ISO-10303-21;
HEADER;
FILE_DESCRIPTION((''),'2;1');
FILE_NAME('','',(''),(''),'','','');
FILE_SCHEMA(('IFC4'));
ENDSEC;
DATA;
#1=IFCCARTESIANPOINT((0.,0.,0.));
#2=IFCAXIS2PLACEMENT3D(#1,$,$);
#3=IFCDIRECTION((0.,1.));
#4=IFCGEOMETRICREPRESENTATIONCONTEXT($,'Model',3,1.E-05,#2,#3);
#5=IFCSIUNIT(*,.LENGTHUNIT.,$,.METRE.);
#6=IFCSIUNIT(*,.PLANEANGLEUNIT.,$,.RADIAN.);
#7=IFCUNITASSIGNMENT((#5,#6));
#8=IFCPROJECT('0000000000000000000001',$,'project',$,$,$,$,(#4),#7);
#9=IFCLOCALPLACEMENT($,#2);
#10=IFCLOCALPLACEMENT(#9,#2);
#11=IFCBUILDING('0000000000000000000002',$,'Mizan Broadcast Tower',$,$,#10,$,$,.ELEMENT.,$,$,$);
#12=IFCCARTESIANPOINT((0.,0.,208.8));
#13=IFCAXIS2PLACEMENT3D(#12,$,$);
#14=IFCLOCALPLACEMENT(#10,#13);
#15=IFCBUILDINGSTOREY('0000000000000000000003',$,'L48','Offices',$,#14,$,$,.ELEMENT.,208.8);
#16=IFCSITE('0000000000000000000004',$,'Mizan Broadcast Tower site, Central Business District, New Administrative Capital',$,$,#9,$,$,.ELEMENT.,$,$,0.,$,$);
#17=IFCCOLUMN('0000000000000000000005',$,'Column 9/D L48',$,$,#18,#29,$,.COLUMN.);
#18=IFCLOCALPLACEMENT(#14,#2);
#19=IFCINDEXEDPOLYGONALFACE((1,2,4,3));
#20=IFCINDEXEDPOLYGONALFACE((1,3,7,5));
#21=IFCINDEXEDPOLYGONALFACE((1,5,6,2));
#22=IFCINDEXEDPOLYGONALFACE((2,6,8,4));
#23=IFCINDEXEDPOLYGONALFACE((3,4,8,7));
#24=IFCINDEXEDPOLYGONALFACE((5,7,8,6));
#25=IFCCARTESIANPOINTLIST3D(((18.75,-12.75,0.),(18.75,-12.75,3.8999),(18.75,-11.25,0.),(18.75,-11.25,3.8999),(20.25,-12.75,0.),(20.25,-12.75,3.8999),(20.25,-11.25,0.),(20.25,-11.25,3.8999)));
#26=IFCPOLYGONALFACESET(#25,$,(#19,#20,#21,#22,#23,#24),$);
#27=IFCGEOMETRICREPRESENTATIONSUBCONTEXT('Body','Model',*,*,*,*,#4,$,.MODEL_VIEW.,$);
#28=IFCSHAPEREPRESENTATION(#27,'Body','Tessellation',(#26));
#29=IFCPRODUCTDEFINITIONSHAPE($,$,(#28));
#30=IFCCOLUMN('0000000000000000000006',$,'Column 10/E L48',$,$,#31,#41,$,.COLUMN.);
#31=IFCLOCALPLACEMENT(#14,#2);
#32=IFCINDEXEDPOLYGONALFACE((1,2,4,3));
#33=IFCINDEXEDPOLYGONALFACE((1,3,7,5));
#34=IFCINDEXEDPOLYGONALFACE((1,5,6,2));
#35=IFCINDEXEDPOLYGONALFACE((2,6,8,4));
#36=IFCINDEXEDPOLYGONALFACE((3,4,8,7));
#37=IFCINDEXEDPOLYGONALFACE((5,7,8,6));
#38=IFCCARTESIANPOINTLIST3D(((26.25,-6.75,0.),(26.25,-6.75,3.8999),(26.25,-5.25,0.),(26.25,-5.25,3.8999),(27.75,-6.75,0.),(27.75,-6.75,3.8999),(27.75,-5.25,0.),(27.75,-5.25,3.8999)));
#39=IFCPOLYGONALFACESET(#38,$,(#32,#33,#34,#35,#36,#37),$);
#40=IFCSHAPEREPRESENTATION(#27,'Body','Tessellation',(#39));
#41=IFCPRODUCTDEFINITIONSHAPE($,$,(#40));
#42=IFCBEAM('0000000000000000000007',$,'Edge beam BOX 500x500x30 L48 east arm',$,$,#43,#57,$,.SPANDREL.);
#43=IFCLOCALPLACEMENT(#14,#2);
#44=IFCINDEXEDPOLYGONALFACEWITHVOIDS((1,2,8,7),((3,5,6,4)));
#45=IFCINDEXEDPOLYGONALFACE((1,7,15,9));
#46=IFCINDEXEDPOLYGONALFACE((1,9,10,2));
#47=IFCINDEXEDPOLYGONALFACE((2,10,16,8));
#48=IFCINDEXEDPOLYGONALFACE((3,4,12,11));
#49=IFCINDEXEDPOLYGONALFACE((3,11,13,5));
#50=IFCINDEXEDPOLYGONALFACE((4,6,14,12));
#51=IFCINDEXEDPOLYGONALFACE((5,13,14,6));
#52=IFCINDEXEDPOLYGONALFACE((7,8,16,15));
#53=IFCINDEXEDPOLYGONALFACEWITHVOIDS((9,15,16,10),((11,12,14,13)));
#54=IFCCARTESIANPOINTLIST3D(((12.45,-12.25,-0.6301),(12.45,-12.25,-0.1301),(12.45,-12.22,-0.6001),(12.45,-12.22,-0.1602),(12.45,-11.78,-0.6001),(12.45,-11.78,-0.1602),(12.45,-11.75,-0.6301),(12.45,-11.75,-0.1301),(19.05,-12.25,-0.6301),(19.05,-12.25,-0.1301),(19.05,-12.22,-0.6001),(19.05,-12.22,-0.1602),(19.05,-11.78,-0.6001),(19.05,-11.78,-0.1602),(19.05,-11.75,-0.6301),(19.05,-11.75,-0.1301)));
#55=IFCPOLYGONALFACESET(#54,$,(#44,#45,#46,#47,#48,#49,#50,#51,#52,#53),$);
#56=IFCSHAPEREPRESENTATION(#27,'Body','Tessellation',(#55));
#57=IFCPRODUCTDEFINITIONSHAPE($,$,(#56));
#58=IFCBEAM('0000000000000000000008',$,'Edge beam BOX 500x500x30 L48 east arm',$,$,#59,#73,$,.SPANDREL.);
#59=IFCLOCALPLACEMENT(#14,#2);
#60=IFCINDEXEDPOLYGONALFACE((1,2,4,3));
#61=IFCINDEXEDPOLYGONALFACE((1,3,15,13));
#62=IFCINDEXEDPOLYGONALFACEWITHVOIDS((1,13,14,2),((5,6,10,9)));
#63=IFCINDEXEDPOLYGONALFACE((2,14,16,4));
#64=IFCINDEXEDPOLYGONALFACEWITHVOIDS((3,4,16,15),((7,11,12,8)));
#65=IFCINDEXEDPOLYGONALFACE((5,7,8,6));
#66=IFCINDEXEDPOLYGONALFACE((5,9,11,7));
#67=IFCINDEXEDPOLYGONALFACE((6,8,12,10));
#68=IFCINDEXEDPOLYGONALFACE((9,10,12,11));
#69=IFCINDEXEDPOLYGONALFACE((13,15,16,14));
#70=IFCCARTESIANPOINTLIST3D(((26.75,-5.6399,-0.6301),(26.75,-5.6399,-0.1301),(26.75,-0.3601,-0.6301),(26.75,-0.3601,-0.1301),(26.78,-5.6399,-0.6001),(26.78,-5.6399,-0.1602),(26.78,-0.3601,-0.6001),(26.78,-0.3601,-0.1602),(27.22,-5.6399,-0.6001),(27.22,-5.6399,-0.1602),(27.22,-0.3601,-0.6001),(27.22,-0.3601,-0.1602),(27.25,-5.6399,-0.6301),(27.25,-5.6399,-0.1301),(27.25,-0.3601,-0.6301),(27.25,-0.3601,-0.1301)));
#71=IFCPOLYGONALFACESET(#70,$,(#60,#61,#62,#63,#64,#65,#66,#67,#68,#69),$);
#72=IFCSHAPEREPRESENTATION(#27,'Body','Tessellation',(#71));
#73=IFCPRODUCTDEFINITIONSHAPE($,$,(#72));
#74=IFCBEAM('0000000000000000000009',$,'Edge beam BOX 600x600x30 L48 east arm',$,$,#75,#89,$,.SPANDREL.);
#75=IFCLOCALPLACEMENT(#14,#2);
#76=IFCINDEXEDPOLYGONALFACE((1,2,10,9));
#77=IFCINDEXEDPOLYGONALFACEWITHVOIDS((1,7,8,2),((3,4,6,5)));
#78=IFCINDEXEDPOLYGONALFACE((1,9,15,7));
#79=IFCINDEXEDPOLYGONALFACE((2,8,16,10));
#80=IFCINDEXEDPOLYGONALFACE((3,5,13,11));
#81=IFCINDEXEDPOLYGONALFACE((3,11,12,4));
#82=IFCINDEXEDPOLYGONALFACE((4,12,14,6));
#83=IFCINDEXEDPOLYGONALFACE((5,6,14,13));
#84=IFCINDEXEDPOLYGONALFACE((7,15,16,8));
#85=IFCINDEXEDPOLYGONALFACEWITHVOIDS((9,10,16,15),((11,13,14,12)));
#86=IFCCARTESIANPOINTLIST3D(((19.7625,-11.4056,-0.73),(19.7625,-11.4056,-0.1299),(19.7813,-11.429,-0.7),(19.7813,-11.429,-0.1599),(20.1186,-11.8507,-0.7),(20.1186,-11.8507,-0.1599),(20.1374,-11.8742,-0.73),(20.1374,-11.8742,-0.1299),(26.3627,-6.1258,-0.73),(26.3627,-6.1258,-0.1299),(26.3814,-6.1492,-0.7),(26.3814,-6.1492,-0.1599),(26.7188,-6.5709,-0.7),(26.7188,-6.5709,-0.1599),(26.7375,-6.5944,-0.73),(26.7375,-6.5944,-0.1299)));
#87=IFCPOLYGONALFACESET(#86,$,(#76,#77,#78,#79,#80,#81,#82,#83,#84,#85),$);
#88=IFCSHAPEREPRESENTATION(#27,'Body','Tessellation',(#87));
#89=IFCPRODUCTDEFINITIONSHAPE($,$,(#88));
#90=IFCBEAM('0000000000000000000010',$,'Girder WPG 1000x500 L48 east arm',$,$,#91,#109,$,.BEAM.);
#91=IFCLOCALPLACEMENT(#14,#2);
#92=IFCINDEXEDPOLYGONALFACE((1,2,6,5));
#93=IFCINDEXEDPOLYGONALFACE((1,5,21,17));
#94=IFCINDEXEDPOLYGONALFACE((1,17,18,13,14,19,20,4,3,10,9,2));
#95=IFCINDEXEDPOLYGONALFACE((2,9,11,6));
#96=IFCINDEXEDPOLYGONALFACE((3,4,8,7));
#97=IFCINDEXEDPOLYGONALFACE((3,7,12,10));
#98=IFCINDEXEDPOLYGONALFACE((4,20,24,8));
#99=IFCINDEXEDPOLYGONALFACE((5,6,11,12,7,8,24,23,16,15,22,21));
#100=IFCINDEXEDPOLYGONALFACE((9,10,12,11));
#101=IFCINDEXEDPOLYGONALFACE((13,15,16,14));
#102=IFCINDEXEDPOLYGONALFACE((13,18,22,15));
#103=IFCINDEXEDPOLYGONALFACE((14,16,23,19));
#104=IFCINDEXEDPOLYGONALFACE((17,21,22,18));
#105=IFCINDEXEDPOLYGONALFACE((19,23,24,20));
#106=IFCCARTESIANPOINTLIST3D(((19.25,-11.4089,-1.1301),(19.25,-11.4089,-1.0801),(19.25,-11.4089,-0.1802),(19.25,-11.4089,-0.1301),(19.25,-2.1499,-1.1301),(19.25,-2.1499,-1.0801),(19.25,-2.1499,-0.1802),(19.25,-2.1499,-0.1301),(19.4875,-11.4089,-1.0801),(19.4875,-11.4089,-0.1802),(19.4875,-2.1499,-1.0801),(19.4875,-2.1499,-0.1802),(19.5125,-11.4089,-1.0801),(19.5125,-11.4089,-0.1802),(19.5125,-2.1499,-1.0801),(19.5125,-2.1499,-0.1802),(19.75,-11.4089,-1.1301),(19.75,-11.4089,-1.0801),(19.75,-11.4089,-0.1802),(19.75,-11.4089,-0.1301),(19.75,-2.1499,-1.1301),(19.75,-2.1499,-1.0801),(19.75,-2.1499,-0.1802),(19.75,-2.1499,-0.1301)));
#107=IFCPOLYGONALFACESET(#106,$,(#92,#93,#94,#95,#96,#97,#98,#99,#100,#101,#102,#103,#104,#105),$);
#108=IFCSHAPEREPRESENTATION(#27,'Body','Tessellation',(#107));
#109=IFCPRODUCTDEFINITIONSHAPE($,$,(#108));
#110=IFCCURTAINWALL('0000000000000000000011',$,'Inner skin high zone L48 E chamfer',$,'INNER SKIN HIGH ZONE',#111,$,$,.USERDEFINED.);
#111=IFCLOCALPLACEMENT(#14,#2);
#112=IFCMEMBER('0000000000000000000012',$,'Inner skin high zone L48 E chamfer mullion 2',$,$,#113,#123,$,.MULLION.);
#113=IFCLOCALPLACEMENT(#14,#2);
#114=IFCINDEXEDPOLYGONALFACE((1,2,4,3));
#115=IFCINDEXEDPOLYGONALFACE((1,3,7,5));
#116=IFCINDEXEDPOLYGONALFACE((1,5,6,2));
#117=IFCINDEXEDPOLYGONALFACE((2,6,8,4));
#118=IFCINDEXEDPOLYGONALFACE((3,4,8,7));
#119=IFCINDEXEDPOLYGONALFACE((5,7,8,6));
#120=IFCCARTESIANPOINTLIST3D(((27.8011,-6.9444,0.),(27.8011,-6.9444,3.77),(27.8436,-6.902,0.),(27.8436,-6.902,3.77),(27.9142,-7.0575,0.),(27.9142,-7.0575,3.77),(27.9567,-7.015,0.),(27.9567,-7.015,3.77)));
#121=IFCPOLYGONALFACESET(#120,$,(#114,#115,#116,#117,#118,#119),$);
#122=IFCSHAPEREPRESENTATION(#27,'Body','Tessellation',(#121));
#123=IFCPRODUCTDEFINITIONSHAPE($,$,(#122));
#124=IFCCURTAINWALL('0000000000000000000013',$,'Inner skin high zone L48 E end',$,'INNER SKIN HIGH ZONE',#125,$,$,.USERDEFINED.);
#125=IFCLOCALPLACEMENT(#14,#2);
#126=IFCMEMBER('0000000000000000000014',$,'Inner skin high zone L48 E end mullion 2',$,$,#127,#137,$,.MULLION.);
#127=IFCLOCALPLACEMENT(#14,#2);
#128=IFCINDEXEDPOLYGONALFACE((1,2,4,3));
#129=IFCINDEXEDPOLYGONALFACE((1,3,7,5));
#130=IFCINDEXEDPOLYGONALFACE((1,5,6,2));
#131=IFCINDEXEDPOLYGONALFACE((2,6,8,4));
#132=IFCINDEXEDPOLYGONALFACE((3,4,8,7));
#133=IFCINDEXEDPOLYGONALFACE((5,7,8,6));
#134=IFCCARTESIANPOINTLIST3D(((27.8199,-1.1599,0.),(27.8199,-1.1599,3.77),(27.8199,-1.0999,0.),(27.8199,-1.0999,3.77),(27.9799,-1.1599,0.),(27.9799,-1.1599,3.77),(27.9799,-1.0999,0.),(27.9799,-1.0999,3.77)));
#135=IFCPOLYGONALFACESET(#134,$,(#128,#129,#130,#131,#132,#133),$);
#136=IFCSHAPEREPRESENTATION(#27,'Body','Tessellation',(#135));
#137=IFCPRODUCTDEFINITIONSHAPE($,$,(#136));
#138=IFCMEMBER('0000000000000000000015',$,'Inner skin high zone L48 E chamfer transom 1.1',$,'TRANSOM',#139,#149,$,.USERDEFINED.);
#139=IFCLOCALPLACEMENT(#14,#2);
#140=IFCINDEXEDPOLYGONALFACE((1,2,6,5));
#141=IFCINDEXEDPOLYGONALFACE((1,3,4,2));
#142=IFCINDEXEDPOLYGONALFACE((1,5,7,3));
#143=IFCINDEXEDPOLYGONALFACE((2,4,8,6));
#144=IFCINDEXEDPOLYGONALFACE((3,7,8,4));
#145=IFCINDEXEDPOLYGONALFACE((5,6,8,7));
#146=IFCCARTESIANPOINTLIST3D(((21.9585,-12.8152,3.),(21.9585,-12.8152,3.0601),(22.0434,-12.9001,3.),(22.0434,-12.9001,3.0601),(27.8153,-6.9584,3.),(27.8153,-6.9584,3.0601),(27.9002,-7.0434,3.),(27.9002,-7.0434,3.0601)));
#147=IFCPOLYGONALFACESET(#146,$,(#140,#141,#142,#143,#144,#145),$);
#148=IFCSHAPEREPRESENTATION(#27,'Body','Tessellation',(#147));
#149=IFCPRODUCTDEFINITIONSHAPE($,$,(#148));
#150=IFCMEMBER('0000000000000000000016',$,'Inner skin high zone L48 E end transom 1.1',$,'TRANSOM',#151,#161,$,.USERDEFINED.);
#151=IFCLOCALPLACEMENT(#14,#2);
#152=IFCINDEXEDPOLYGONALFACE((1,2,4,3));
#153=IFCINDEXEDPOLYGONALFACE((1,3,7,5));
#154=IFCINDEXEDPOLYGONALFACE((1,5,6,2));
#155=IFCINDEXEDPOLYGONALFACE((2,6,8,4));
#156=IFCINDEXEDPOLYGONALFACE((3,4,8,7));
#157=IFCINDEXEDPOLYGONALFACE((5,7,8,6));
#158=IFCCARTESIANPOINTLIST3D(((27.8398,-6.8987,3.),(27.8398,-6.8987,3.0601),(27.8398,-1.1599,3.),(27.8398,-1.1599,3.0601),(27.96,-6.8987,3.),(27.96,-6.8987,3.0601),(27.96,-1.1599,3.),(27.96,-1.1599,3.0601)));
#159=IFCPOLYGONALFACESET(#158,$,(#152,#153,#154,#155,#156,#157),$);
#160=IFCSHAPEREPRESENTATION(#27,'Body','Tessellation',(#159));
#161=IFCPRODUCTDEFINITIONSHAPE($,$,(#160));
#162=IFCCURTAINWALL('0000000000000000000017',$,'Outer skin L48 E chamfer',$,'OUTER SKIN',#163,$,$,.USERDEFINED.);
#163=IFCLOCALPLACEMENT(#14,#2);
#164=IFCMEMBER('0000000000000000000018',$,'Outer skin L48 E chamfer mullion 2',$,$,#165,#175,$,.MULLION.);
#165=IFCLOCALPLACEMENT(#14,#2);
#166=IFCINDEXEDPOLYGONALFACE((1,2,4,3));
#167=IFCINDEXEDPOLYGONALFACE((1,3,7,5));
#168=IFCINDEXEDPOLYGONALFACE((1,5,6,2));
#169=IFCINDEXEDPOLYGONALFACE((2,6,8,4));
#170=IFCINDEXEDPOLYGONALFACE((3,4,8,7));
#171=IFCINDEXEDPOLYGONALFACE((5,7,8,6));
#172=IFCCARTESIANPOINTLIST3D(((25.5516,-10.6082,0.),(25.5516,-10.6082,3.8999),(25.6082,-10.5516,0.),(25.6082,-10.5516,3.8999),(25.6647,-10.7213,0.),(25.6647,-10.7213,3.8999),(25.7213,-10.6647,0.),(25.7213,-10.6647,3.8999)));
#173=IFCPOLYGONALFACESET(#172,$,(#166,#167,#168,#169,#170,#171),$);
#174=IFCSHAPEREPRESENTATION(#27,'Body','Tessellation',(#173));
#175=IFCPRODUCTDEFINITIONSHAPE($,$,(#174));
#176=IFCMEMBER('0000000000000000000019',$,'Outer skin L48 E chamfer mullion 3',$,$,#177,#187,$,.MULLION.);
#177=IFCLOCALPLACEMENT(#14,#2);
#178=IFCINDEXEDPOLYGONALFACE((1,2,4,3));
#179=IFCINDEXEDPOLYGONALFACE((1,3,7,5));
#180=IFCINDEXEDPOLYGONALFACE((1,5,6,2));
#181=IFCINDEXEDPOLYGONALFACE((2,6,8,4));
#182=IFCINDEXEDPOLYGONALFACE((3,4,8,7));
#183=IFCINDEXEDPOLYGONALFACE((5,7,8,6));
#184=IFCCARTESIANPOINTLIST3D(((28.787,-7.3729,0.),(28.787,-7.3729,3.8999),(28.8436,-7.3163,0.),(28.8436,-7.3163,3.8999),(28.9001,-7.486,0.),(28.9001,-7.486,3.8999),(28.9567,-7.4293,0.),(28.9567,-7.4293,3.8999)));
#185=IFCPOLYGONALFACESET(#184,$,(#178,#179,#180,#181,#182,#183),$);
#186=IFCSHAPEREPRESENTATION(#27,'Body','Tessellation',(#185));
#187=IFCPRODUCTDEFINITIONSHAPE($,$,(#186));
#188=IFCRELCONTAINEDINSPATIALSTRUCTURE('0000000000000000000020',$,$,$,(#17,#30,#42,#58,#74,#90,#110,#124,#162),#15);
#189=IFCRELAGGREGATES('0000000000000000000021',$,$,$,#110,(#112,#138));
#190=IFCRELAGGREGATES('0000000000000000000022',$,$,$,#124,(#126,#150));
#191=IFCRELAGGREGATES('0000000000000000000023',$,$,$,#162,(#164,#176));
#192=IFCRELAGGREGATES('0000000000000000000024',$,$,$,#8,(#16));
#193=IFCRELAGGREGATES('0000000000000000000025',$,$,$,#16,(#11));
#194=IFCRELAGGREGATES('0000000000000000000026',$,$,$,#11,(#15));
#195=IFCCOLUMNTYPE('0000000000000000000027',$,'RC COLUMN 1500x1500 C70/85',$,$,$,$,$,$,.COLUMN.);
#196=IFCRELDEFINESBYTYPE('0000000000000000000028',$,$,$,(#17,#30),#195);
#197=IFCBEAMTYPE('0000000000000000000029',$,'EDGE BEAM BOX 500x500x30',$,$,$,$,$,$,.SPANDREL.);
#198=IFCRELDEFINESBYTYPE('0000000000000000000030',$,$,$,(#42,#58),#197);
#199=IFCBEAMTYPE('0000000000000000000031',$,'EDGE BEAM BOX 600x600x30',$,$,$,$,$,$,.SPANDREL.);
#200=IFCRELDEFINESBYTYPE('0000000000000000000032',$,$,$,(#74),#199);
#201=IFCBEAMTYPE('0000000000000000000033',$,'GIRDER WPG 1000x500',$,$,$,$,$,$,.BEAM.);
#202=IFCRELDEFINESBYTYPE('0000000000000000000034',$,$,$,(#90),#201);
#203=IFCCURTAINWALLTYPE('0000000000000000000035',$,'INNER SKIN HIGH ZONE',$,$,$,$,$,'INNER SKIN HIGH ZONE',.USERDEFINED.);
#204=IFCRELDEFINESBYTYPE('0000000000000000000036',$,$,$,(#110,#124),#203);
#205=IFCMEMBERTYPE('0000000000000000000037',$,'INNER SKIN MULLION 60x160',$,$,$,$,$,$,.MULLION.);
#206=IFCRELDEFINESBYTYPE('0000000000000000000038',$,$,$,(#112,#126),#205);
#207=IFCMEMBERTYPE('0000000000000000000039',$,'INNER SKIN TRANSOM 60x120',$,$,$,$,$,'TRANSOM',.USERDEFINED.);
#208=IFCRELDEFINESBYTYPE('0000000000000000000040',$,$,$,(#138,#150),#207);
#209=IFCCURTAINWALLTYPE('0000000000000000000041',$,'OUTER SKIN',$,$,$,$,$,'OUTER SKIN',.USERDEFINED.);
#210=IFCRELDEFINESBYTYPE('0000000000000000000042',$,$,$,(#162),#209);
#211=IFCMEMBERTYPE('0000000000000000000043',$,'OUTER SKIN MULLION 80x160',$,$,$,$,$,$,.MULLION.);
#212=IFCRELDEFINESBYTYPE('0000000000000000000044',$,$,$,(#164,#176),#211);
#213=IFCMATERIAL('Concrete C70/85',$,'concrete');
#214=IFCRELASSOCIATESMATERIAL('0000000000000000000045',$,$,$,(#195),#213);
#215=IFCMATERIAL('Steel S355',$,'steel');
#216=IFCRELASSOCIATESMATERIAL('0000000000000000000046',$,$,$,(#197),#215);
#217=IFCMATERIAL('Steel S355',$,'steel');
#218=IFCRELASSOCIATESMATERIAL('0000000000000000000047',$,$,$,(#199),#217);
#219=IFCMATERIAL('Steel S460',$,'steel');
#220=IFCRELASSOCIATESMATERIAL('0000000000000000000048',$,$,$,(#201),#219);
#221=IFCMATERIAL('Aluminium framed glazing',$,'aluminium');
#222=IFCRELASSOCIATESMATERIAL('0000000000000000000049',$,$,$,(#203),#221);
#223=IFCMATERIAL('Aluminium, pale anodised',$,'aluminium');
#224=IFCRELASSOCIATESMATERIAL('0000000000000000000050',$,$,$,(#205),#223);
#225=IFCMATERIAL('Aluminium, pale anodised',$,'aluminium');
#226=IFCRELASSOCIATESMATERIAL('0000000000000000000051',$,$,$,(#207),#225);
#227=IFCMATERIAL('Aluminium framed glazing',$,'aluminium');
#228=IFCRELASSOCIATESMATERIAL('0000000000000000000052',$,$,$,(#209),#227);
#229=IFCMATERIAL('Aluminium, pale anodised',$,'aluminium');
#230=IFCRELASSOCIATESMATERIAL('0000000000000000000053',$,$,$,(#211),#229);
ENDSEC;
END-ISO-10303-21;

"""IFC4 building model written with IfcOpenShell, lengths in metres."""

from ifc_helpers import new_model, si_unit, direction, frame, origin, origin_2d, place, context, subcontext, project, spatial, rectangle, hollow_rectangle, i_section, extrude, material, material_profile, profile_set, type_object, element, aggregate, save


model = new_model("IFC4")

# Units and contexts
model_context = context("Model", 3, precision=1e-05, world=origin(), true_north=direction((0.0, 1.0)))
body_context = subcontext(model_context, "Body", "Model", "MODEL_VIEW")
ifc_project = project(units=[si_unit("LENGTHUNIT", "METRE"), si_unit("PLANEANGLEUNIT", "RADIAN")], contexts=[model_context])

# Site, building, storey
site_placement = place(None, origin())
site = spatial("IfcSite", under=ifc_project, at=site_placement, Name="Mizan Broadcast Tower site, Central Business District, New Administrative Capital", CompositionType="ELEMENT", RefElevation=0.0)
building_placement = place(site_placement, origin())
building = spatial("IfcBuilding", under=site, at=building_placement, Name="Mizan Broadcast Tower", CompositionType="ELEMENT")
storey_placement = place(building_placement, frame((0.0, 0.0, 208.8)))
storey = spatial("IfcBuildingStorey", under=building, at=storey_placement, Name="L48", Description="Offices", CompositionType="ELEMENT", Elevation=208.8)

# Columns
ifc_material_1 = material(Name="Concrete C70/85", Category="concrete")
ifc_material_profile_1 = material_profile(ifc_material_1, rectangle(XDim=1.5, YDim=1.5, at=origin_2d()), Name="RC 1500x1500")
ifc_profile_set_1 = profile_set([ifc_material_profile_1], Name="Concrete C70/85")
column_type = type_object("IfcColumnType", Name="RC COLUMN 1500x1500 C70/85", PredefinedType="COLUMN", material=ifc_profile_set_1)
for number, where, z_axis, x_axis, name in (
    (1, (19.5, -12.0, 0.0), (0.0, 0.0, 1.0), (1.0, 0.0, 0.0), "Column 9/D L48"),
    (2, (27.0, -6.0, 0.0), (0.0, 0.0, 1.0), (1.0, 0.0, 0.0), "Column 10/E L48"),
):
    element("IfcColumn", number, at=place(storey_placement, frame(where, z_axis=z_axis, x_axis=x_axis)), inside=storey, type_object=column_type, Name=name, PredefinedType="COLUMN", context=body_context, shape_type="SweptSolid", body=[
        extrude(rectangle(XDim=1.5, YDim=1.5, at=origin_2d()), origin(), (0.0, 0.0, 1.0), 3.8999),
    ])

# Beams
ifc_material_2 = material(Name="Steel S355", Category="steel")
ifc_material_profile_2 = material_profile(ifc_material_2, hollow_rectangle(XDim=0.5, YDim=0.5, WallThickness=0.03, at=origin_2d()), Name="BOX 500x500x30")
ifc_profile_set_2 = profile_set([ifc_material_profile_2], Name="Steel S355")
beam_type_1 = type_object("IfcBeamType", Name="EDGE BEAM BOX 500x500x30", PredefinedType="SPANDREL", material=ifc_profile_set_2)
beam_1_placement = place(storey_placement, frame((12.45, -12.0, -0.3801), z_axis=(1.0, 0.0, 0.0), x_axis=(0.0, 1.0, 0.0)))
element("IfcBeam", 3, at=beam_1_placement, inside=storey, type_object=beam_type_1, Name="Edge beam BOX 500x500x30 L48 east arm", PredefinedType="SPANDREL", context=body_context, shape_type="SweptSolid", body=[
    extrude(hollow_rectangle(XDim=0.5, YDim=0.5, WallThickness=0.03, at=origin_2d()), origin(), (0.0, 0.0, 1.0), 6.6001),
])
beam_2_placement = place(storey_placement, frame((27.0, -5.6399, -0.3801), z_axis=(0.0, 1.0, 0.0), x_axis=(-1.0, 0.0, 0.0)))
element("IfcBeam", 4, at=beam_2_placement, inside=storey, type_object=beam_type_1, Name="Edge beam BOX 500x500x30 L48 east arm", PredefinedType="SPANDREL", context=body_context, shape_type="SweptSolid", body=[
    extrude(hollow_rectangle(XDim=0.5, YDim=0.5, WallThickness=0.03, at=origin_2d()), origin(), (0.0, 0.0, 1.0), 5.2798),
])
ifc_material_3 = material(Name="Steel S355", Category="steel")
ifc_material_profile_3 = material_profile(ifc_material_3, hollow_rectangle(XDim=0.6001, YDim=0.6001, WallThickness=0.03, at=origin_2d()), Name="BOX 600x600x30")
ifc_profile_set_3 = profile_set([ifc_material_profile_3], Name="Steel S355")
beam_type_2 = type_object("IfcBeamType", Name="EDGE BEAM BOX 600x600x30", PredefinedType="SPANDREL", material=ifc_profile_set_3)
beam_3_placement = place(storey_placement, frame((19.95, -11.6399, -0.4299), z_axis=(0.780886, 0.624674, 0.0), x_axis=(-0.624674, 0.780886, 0.0)))
element("IfcBeam", 5, at=beam_3_placement, inside=storey, type_object=beam_type_2, Name="Edge beam BOX 600x600x30 L48 east arm", PredefinedType="SPANDREL", context=body_context, shape_type="SweptSolid", body=[
    extrude(hollow_rectangle(XDim=0.6001, YDim=0.6001, WallThickness=0.03, at=origin_2d()), origin(), (0.0, 0.0, 1.0), 8.4521),
])
ifc_material_4 = material(Name="Steel S460", Category="steel")
ifc_material_profile_4 = material_profile(ifc_material_4, i_section(OverallWidth=0.5, OverallDepth=1.0, WebThickness=0.0249, FlangeThickness=0.05, at=origin_2d()), Name="WPG 1000x500")
ifc_profile_set_4 = profile_set([ifc_material_profile_4], Name="Steel S460")
beam_type_3 = type_object("IfcBeamType", Name="GIRDER WPG 1000x500", PredefinedType="BEAM", material=ifc_profile_set_4)
beam_4_placement = place(storey_placement, frame((19.5, -11.4089, -0.6301), z_axis=(0.0, 1.0, 0.0), x_axis=(-1.0, 0.0, 0.0)))
element("IfcBeam", 6, at=beam_4_placement, inside=storey, type_object=beam_type_3, Name="Girder WPG 1000x500 L48 east arm", PredefinedType="BEAM", context=body_context, shape_type="SweptSolid", body=[
    extrude(i_section(OverallWidth=0.5, OverallDepth=1.0, WebThickness=0.0249, FlangeThickness=0.05, at=origin_2d()), origin(), (0.0, 0.0, 1.0), 9.259),
])

# Curtain walls, members
ifc_material_5 = material(Name="Aluminium framed glazing", Category="aluminium")
curtain_wall_type_1 = type_object("IfcCurtainWallType", Name="INNER SKIN HIGH ZONE", ElementType="INNER SKIN HIGH ZONE", PredefinedType="USERDEFINED", material=ifc_material_5)
curtain_wall_1_placement = place(storey_placement, origin())
curtain_wall_1 = element("IfcCurtainWall", 7, at=curtain_wall_1_placement, inside=storey, type_object=curtain_wall_type_1, Name="Inner skin high zone L48 E chamfer", ObjectType="INNER SKIN HIGH ZONE", PredefinedType="USERDEFINED")
ifc_material_6 = material(Name="Aluminium, pale anodised", Category="aluminium")
ifc_material_profile_5 = material_profile(ifc_material_6, rectangle(XDim=0.1599, YDim=0.0601, at=origin_2d()), Name="MULLION 160x60")
ifc_profile_set_5 = profile_set([ifc_material_profile_5], Name="Aluminium, pale anodised")
member_type_1 = type_object("IfcMemberType", Name="INNER SKIN MULLION 60x160", PredefinedType="MULLION", material=ifc_profile_set_5)
member_1_placement = place(storey_placement, frame((27.8789, -6.9797, 0.0), z_axis=(0.0, 0.0, 1.0), x_axis=(-0.707107, 0.707107, 0.0)))
member_1 = element("IfcMember", 8, at=member_1_placement, type_object=member_type_1, Name="Inner skin high zone L48 E chamfer mullion 2", PredefinedType="MULLION", context=body_context, shape_type="SweptSolid", body=[
    extrude(rectangle(XDim=0.1599, YDim=0.0601, at=origin_2d()), origin(), (0.0, 0.0, 1.0), 3.77),
])
curtain_wall_2_placement = place(storey_placement, origin())
curtain_wall_2 = element("IfcCurtainWall", 9, at=curtain_wall_2_placement, inside=storey, type_object=curtain_wall_type_1, Name="Inner skin high zone L48 E end", ObjectType="INNER SKIN HIGH ZONE", PredefinedType="USERDEFINED")
member_2_placement = place(storey_placement, frame((27.8999, -1.1299, 0.0), z_axis=(0.0, 0.0, 1.0), x_axis=(-1.0, 0.0, 0.0)))
member_2 = element("IfcMember", 10, at=member_2_placement, type_object=member_type_1, Name="Inner skin high zone L48 E end mullion 2", PredefinedType="MULLION", context=body_context, shape_type="SweptSolid", body=[
    extrude(rectangle(XDim=0.1599, YDim=0.0601, at=origin_2d()), origin(), (0.0, 0.0, 1.0), 3.77),
])

# Members
ifc_material_7 = material(Name="Aluminium, pale anodised", Category="aluminium")
ifc_material_profile_6 = material_profile(ifc_material_7, rectangle(XDim=0.1201, YDim=0.0601, at=origin_2d()), Name="TRANSOM 120x60")
ifc_profile_set_6 = profile_set([ifc_material_profile_6], Name="Aluminium, pale anodised")
member_type_2 = type_object("IfcMemberType", Name="INNER SKIN TRANSOM 60x120", ElementType="TRANSOM", PredefinedType="USERDEFINED", material=ifc_profile_set_6)
member_3_placement = place(storey_placement, frame((22.001, -12.8577, 3.03), z_axis=(0.707107, 0.707107, 0.0), x_axis=(-0.707107, 0.707107, 0.0)))
member_3 = element("IfcMember", 11, at=member_3_placement, type_object=member_type_2, Name="Inner skin high zone L48 E chamfer transom 1.1", ObjectType="TRANSOM", PredefinedType="USERDEFINED", context=body_context, shape_type="SweptSolid", body=[
    extrude(rectangle(XDim=0.1201, YDim=0.0601, at=origin_2d()), origin(), (0.0, 0.0, 1.0), 8.2827),
])
member_4_placement = place(storey_placement, frame((27.8999, -6.8987, 3.03), z_axis=(0.0, 1.0, 0.0), x_axis=(-1.0, 0.0, 0.0)))
member_4 = element("IfcMember", 12, at=member_4_placement, type_object=member_type_2, Name="Inner skin high zone L48 E end transom 1.1", ObjectType="TRANSOM", PredefinedType="USERDEFINED", context=body_context, shape_type="SweptSolid", body=[
    extrude(rectangle(XDim=0.1201, YDim=0.0601, at=origin_2d()), origin(), (0.0, 0.0, 1.0), 5.7388),
])

# Curtain wall, members
ifc_material_8 = material(Name="Aluminium framed glazing", Category="aluminium")
curtain_wall_type_2 = type_object("IfcCurtainWallType", Name="OUTER SKIN", ElementType="OUTER SKIN", PredefinedType="USERDEFINED", material=ifc_material_8)
curtain_wall_3_placement = place(storey_placement, origin())
curtain_wall_3 = element("IfcCurtainWall", 13, at=curtain_wall_3_placement, inside=storey, type_object=curtain_wall_type_2, Name="Outer skin L48 E chamfer", ObjectType="OUTER SKIN", PredefinedType="USERDEFINED")
ifc_material_9 = material(Name="Aluminium, pale anodised", Category="aluminium")
ifc_material_profile_7 = material_profile(ifc_material_9, rectangle(XDim=0.1599, YDim=0.0801, at=origin_2d()), Name="MULLION 160x80")
ifc_profile_set_7 = profile_set([ifc_material_profile_7], Name="Aluminium, pale anodised")
member_type_3 = type_object("IfcMemberType", Name="OUTER SKIN MULLION 80x160", PredefinedType="MULLION", material=ifc_profile_set_7)
member_5_placement = place(storey_placement, frame((25.6365, -10.6365, 0.0), z_axis=(0.0, 0.0, 1.0), x_axis=(-0.707107, 0.707107, 0.0)))
member_5 = element("IfcMember", 14, at=member_5_placement, type_object=member_type_3, Name="Outer skin L48 E chamfer mullion 2", PredefinedType="MULLION", context=body_context, shape_type="SweptSolid", body=[
    extrude(rectangle(XDim=0.1599, YDim=0.0801, at=origin_2d()), origin(), (0.0, 0.0, 1.0), 3.8999),
])
member_6_placement = place(storey_placement, frame((28.8718, -7.4011, 0.0), z_axis=(0.0, 0.0, 1.0), x_axis=(-0.707107, 0.707107, 0.0)))
member_6 = element("IfcMember", 15, at=member_6_placement, type_object=member_type_3, Name="Outer skin L48 E chamfer mullion 3", PredefinedType="MULLION", context=body_context, shape_type="SweptSolid", body=[
    extrude(rectangle(XDim=0.1599, YDim=0.0801, at=origin_2d()), origin(), (0.0, 0.0, 1.0), 3.8999),
])

aggregate(curtain_wall_1, [member_1, member_3])
aggregate(curtain_wall_2, [member_2, member_4])
aggregate(curtain_wall_3, [member_5, member_6])

save(model, "model.ifc")
